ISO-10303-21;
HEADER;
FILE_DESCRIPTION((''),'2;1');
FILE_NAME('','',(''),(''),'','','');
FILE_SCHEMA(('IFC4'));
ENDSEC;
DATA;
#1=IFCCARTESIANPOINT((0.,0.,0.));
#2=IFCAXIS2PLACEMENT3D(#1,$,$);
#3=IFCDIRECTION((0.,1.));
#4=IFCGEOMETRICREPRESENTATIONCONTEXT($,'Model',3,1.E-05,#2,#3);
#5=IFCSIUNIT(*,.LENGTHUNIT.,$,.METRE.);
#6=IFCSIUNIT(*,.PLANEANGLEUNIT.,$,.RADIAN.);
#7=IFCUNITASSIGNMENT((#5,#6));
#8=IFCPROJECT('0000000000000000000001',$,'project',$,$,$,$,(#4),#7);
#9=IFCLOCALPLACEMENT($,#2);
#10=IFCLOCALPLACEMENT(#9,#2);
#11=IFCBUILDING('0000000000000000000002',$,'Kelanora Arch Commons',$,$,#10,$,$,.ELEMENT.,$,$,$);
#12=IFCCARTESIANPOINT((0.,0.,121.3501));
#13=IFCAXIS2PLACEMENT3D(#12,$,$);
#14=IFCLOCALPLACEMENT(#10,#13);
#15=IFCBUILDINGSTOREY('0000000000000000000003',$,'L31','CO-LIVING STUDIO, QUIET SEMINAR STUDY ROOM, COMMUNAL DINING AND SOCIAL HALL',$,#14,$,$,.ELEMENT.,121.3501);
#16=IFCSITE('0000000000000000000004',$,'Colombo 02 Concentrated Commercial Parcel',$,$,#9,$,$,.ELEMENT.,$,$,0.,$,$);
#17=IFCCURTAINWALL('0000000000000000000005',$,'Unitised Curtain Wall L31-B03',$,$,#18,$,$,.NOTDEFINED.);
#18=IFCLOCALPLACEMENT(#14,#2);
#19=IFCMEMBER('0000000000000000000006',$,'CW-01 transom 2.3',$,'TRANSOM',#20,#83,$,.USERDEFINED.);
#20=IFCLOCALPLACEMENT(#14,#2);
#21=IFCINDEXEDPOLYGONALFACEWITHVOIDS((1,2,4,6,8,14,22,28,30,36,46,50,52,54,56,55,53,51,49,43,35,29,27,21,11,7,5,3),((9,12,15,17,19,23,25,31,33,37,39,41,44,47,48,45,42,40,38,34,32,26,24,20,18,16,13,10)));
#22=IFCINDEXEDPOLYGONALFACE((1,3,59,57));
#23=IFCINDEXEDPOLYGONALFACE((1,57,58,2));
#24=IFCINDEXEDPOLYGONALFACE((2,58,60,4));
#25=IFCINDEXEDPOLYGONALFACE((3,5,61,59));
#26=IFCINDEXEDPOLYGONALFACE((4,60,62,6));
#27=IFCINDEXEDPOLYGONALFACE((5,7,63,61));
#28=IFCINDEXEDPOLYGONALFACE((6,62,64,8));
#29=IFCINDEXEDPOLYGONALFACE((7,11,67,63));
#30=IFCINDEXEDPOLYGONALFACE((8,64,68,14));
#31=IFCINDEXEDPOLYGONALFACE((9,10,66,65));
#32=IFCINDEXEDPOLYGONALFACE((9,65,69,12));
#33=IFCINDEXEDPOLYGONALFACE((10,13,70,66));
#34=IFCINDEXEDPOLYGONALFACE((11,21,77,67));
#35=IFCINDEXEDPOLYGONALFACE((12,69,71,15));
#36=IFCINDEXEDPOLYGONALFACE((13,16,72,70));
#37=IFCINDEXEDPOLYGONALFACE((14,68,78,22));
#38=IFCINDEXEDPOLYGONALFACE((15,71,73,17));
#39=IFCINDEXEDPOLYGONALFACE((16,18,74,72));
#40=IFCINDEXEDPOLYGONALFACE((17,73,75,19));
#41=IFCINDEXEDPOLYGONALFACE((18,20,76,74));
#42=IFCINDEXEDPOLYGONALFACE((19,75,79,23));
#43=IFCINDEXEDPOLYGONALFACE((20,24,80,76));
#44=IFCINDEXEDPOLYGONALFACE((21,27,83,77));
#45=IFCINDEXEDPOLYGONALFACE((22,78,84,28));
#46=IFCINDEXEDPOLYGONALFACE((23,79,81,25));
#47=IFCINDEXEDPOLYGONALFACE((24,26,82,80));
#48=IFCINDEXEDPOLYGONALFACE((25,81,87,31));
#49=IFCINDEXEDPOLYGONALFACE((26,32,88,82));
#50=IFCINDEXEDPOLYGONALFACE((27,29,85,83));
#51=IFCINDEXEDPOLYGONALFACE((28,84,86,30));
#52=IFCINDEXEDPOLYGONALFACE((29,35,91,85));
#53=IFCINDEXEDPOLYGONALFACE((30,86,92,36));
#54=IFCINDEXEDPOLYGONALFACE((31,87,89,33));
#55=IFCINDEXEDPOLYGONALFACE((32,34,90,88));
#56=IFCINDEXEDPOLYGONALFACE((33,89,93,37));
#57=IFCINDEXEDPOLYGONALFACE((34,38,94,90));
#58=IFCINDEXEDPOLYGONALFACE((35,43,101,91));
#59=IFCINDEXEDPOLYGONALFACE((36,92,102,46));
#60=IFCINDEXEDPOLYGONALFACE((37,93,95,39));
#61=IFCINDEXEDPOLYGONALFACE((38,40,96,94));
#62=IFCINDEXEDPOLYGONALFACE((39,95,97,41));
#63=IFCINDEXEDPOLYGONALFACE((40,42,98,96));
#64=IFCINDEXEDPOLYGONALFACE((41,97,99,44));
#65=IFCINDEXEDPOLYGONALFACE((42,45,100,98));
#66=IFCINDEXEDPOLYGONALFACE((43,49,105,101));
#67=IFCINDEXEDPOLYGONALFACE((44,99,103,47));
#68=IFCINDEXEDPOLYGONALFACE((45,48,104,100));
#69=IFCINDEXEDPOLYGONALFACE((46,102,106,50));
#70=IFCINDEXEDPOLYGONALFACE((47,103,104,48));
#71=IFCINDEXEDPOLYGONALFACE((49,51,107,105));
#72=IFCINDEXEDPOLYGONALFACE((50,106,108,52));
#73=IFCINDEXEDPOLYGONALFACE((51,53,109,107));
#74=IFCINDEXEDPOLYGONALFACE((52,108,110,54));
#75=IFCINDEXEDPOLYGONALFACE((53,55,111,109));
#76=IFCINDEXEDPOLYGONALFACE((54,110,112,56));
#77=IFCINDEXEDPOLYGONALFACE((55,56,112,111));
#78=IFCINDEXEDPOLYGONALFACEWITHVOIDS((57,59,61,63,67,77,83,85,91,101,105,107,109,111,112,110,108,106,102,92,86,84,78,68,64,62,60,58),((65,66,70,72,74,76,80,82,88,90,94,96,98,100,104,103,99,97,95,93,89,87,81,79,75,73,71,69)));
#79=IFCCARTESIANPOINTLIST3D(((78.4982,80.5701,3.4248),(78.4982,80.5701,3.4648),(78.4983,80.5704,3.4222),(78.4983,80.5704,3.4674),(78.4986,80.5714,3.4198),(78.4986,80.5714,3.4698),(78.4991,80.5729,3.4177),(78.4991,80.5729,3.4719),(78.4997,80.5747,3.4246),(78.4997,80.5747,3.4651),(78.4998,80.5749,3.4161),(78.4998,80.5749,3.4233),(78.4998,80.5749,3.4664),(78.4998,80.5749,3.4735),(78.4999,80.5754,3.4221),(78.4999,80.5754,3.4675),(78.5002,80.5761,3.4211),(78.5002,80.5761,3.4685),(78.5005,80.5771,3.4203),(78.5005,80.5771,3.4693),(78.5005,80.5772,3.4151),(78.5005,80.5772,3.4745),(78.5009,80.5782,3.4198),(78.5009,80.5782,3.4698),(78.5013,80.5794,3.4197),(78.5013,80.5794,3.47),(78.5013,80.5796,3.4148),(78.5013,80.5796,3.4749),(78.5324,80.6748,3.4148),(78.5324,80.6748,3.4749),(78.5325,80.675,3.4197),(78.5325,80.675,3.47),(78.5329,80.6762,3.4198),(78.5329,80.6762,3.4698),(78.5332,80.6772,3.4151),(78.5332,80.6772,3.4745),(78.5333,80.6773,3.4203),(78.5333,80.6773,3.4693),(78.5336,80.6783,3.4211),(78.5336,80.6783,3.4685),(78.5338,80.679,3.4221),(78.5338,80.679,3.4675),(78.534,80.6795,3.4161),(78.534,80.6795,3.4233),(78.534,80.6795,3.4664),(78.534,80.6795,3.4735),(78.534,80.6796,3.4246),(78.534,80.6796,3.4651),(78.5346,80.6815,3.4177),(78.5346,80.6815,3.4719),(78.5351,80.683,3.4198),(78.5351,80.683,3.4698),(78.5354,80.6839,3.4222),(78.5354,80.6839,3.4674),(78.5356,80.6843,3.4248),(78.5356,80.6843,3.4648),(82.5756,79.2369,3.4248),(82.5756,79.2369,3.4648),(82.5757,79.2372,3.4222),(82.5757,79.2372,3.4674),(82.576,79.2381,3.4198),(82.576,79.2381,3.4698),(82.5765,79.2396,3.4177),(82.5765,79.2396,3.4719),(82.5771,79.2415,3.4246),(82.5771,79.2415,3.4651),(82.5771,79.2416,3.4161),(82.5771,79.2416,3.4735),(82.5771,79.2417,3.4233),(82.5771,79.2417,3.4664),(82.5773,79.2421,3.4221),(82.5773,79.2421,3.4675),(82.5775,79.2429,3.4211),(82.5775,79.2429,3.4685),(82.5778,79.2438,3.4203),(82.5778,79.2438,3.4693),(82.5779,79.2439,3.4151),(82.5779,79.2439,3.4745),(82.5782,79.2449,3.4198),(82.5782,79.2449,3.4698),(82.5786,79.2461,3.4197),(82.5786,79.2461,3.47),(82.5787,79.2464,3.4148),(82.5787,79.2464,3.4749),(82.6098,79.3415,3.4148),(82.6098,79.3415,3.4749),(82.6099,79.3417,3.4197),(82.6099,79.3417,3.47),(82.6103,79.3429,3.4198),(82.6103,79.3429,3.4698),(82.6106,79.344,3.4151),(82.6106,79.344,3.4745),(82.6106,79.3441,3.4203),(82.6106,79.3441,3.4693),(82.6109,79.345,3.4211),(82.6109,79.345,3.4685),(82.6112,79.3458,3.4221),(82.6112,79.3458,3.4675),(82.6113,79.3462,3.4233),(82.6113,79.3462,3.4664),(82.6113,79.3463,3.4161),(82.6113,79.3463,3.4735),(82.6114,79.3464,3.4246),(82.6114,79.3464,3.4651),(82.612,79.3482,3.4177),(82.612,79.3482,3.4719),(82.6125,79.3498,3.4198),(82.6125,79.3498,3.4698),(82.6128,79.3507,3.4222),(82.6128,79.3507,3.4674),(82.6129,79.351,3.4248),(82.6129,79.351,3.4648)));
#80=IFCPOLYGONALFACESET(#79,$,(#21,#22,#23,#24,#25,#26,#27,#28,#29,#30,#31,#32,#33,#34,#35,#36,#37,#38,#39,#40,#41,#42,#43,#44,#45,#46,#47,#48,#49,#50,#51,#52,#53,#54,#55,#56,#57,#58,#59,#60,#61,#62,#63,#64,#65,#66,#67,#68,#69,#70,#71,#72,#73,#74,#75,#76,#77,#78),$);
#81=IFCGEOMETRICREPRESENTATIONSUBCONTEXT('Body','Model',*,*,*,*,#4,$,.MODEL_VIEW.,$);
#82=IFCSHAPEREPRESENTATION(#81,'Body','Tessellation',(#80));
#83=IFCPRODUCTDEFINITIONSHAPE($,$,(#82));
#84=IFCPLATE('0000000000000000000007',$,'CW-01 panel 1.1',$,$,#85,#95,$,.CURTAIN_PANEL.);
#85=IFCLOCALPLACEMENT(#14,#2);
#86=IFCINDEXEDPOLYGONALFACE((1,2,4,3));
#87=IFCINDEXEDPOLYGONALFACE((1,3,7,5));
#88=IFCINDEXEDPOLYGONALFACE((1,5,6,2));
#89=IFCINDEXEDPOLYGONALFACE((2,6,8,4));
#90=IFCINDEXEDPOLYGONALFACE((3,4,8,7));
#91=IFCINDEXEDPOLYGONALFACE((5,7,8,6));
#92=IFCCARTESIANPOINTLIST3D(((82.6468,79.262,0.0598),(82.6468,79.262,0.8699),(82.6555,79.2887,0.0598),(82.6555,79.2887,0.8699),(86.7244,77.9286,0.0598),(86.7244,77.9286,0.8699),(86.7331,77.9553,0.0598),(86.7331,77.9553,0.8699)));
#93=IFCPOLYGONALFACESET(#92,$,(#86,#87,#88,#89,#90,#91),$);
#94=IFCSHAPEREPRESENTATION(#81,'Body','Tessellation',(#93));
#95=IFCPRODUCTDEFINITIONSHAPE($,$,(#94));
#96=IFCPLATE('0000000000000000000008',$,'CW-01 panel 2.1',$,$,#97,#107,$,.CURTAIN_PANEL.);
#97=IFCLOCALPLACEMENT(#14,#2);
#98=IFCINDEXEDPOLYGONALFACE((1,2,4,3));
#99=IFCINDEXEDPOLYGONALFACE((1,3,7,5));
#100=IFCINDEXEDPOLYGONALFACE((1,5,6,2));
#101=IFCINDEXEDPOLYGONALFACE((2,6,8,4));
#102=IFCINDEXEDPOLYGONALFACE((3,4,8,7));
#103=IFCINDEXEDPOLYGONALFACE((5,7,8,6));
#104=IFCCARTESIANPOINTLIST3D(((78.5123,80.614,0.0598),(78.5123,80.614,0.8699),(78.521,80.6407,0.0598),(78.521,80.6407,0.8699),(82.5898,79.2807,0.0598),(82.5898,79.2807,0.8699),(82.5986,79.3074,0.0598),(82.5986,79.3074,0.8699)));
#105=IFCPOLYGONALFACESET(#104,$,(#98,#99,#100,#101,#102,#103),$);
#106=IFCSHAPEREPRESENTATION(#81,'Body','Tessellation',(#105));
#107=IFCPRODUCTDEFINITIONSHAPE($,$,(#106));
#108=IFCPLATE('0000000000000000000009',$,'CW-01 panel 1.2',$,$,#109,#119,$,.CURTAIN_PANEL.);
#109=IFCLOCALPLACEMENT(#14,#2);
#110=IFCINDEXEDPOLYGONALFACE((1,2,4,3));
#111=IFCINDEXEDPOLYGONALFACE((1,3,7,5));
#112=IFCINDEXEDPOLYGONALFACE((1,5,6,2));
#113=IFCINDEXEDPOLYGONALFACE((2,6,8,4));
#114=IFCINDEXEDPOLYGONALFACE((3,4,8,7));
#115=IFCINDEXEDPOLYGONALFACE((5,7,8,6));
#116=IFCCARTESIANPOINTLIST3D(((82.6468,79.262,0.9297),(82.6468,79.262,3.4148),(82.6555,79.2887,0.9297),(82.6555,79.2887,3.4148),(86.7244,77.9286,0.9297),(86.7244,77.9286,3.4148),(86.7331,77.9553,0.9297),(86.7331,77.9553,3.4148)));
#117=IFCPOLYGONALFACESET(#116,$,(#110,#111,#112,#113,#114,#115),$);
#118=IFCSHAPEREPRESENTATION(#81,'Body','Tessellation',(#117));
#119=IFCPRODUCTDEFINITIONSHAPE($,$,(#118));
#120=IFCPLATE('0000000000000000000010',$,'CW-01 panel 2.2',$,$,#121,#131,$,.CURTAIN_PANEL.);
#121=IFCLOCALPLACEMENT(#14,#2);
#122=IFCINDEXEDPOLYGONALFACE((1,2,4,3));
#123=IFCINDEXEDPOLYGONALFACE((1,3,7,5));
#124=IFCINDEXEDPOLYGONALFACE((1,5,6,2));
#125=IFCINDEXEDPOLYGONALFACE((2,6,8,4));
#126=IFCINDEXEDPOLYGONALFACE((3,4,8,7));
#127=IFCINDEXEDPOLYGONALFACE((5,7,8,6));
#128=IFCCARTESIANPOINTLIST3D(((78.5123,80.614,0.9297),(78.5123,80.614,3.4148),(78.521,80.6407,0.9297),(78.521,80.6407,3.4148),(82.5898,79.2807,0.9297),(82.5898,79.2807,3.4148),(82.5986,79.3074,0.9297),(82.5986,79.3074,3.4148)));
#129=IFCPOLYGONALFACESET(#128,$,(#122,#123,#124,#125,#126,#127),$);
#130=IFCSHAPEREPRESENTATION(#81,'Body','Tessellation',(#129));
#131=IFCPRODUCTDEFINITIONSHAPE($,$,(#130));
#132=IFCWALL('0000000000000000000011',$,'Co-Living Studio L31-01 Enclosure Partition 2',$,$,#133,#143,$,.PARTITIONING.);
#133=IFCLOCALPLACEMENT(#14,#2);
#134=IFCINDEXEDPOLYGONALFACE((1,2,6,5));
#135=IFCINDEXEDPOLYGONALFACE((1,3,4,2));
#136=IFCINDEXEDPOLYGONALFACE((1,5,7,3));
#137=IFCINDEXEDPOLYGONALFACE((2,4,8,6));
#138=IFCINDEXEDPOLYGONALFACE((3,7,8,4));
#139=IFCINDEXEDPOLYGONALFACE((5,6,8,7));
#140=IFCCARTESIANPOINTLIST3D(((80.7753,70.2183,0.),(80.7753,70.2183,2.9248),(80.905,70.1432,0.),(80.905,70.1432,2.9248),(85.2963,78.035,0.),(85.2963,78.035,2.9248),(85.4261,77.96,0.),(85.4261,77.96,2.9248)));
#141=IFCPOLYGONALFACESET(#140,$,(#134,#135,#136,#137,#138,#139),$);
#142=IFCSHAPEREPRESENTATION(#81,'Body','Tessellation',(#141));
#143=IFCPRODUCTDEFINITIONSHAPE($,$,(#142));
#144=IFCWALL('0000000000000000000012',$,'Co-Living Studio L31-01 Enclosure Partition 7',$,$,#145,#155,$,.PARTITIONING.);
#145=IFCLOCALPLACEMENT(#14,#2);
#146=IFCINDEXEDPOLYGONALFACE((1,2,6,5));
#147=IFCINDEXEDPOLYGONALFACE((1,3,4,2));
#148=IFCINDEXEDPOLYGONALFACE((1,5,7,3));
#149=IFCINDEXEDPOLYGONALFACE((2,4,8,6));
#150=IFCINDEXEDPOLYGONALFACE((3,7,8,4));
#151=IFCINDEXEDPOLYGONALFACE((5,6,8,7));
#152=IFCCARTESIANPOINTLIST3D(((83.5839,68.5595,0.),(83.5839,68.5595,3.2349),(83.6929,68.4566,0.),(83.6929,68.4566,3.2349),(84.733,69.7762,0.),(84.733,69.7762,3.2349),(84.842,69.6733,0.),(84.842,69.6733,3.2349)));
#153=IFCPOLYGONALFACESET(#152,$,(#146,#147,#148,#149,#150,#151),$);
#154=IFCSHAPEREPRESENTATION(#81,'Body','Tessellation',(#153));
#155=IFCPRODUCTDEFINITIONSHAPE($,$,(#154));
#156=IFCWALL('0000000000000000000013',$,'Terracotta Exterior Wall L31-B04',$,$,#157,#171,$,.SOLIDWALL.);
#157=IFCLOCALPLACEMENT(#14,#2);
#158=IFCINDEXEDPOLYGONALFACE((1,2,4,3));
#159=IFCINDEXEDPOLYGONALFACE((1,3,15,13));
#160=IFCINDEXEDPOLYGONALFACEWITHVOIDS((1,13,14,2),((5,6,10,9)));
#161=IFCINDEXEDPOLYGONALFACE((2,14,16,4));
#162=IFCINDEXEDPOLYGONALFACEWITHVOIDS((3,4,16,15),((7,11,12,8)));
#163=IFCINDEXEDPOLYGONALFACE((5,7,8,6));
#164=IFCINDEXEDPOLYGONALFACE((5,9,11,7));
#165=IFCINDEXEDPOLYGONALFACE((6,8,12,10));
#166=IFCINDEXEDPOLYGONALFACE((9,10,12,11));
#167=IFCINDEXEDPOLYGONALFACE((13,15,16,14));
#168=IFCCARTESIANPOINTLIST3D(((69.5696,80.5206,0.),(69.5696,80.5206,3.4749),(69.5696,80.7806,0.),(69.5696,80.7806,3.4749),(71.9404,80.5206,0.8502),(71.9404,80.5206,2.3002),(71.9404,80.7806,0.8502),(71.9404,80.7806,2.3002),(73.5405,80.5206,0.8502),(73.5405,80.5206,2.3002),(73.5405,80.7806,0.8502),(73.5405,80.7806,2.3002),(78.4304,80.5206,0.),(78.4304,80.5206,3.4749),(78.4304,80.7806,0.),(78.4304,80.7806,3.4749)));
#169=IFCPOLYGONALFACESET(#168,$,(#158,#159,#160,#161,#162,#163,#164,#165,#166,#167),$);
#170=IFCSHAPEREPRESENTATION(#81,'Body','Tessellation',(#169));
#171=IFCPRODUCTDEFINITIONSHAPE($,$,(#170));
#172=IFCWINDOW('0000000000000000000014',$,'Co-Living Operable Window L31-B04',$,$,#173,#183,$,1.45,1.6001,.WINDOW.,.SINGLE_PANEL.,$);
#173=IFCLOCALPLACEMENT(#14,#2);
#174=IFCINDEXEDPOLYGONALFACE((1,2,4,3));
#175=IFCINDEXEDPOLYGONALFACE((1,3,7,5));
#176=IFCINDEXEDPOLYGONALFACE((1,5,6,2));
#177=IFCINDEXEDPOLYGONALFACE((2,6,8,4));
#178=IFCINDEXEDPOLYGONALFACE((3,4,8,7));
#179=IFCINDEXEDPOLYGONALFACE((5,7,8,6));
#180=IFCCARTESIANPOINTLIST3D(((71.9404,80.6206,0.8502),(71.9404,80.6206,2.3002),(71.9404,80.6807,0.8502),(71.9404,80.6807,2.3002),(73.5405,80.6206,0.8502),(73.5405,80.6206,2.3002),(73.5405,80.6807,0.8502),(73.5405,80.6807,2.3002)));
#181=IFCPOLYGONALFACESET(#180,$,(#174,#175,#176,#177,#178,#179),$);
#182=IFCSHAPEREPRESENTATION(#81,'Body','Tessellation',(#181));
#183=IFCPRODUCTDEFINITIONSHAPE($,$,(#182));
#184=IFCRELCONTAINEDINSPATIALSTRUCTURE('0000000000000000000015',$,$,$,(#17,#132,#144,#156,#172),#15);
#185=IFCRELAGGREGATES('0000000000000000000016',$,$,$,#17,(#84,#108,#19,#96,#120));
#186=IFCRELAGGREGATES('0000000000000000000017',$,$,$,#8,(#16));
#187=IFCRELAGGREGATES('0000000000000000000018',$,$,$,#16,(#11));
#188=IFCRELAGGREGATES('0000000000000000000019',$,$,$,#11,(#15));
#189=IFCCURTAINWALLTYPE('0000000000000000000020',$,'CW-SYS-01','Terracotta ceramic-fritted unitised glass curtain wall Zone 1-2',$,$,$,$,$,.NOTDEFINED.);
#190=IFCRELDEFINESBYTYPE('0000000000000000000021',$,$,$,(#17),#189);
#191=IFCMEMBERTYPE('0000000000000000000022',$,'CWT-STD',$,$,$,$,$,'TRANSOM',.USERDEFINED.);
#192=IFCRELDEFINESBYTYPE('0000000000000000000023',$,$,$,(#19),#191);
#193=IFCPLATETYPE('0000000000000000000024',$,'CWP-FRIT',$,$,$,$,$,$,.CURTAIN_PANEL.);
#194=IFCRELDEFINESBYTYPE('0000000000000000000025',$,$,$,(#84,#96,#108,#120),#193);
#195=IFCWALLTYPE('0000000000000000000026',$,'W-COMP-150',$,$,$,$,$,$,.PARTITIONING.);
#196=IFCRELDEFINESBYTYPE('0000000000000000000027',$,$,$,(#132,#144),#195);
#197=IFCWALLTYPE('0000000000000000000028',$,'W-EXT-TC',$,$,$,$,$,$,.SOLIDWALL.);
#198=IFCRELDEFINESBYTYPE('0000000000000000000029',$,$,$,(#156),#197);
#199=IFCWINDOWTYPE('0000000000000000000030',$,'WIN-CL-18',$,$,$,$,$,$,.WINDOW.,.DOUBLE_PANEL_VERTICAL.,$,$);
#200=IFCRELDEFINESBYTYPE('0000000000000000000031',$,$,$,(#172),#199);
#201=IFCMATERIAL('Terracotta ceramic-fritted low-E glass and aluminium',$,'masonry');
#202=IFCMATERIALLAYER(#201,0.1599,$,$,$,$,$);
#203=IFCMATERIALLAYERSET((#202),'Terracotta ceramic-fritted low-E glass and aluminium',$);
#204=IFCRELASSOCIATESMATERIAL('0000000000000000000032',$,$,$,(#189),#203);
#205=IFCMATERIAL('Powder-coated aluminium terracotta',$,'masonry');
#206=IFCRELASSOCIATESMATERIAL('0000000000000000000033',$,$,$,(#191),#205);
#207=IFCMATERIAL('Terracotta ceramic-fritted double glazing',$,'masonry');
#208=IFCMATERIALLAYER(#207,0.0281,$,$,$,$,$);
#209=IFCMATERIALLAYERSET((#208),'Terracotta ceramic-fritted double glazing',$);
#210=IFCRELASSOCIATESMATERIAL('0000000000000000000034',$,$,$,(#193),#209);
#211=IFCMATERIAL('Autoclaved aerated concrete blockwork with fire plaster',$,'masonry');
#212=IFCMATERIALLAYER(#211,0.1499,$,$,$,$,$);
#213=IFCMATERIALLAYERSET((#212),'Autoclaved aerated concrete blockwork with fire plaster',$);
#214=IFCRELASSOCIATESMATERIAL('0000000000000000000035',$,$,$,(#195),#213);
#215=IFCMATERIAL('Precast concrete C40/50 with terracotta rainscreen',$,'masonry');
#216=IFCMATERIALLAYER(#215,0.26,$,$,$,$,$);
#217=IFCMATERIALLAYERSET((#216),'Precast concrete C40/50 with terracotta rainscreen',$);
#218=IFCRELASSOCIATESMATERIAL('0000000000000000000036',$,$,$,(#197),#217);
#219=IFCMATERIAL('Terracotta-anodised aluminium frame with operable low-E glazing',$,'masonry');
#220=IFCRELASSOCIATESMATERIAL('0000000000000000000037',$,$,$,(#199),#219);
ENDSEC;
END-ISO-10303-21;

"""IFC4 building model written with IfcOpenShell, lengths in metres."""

from ifc_helpers import new_model, si_unit, direction, frame, frame_2d, origin, origin_2d, place, context, subcontext, project, spatial, rectangle, hollow_rectangle, extrude, source, transform, mapped, material, layer, layer_set, material_profile, profile_set, type_object, element, fill, aggregate, save


model = new_model("IFC4")

# Units and contexts
model_context = context("Model", 3, precision=1e-05, world=origin(), true_north=direction((0.0, 1.0)))
body_context = subcontext(model_context, "Body", "Model", "MODEL_VIEW")
ifc_project = project(units=[si_unit("LENGTHUNIT", "METRE"), si_unit("PLANEANGLEUNIT", "RADIAN")], contexts=[model_context])

# Site, building, storey
site_placement = place(None, origin())
site = spatial("IfcSite", under=ifc_project, at=site_placement, Name="Colombo 02 Concentrated Commercial Parcel", CompositionType="ELEMENT", RefElevation=0.0)
building_placement = place(site_placement, origin())
building = spatial("IfcBuilding", under=site, at=building_placement, Name="Kelanora Arch Commons", CompositionType="ELEMENT")
storey_placement = place(building_placement, frame((0.0, 0.0, 121.3501)))
storey = spatial("IfcBuildingStorey", under=building, at=storey_placement, Name="L31", Description="CO-LIVING STUDIO, QUIET SEMINAR STUDY ROOM, COMMUNAL DINING AND SOCIAL HALL", CompositionType="ELEMENT", Elevation=121.3501)

# Curtain wall, member, plates
ifc_material_1 = material(Name="Terracotta ceramic-fritted low-E glass and aluminium", Category="masonry")
ifc_layer_1 = layer(ifc_material_1, 0.1599)
ifc_layer_set_1 = layer_set([ifc_layer_1], Name="Terracotta ceramic-fritted low-E glass and aluminium")
curtain_wall_type = type_object("IfcCurtainWallType", Name="CW-SYS-01", Description="Terracotta ceramic-fritted unitised glass curtain wall Zone 1-2", PredefinedType="NOTDEFINED", material=ifc_layer_set_1)
curtain_wall_placement = place(storey_placement, origin())
curtain_wall = element("IfcCurtainWall", 1, at=curtain_wall_placement, inside=storey, type_object=curtain_wall_type, Name="Unitised Curtain Wall L31-B03", PredefinedType="NOTDEFINED")
ifc_material_2 = material(Name="Powder-coated aluminium terracotta", Category="masonry")
ifc_material_profile_1 = material_profile(ifc_material_2, hollow_rectangle(XDim=0.1201, YDim=0.0601, WallThickness=0.0049, InnerFilletRadius=0.0049, OuterFilletRadius=0.01, at=origin_2d()), Name="CWT120x60")
ifc_profile_set_1 = profile_set([ifc_material_profile_1], Name="Powder-coated aluminium terracotta")
member_type_1 = type_object("IfcMemberType", Name="CWT-STD", ElementType="TRANSOM", PredefinedType="USERDEFINED", material=ifc_profile_set_1)
member_1_placement = place(storey_placement, frame((82.5942, 79.2939, 3.4448), z_axis=(-0.950478, 0.310793, 0.0), x_axis=(-0.310793, -0.950478, 0.0)))
member_1 = element("IfcMember", 2, at=member_1_placement, type_object=member_type_1, Name="CW-01 transom 2.3", ObjectType="TRANSOM", PredefinedType="USERDEFINED", context=body_context, shape_type="SweptSolid", body=[
    extrude(hollow_rectangle(XDim=0.1201, YDim=0.0601, WallThickness=0.0049, InnerFilletRadius=0.0049, OuterFilletRadius=0.01, at=origin_2d()), origin(), (0.0, 0.0, 1.0), 4.2898),
])
ifc_material_3 = material(Name="Terracotta ceramic-fritted double glazing", Category="masonry")
ifc_layer_2 = layer(ifc_material_3, 0.0281)
ifc_layer_set_2 = layer_set([ifc_layer_2], Name="Terracotta ceramic-fritted double glazing")
plate_type = type_object("IfcPlateType", Name="CWP-FRIT", PredefinedType="CURTAIN_PANEL", material=ifc_layer_set_2)
shared_shape_1 = source(origin(), body_context, "Body", "SweptSolid", [
    extrude(rectangle(XDim=4.29, YDim=0.0281, at=origin_2d()), origin(), (0.0, 0.0, 1.0), 0.8101),
])
plate_1_placement = place(storey_placement, frame((84.6899, 78.6086, 0.0598), z_axis=(0.0, 0.0, 1.0), x_axis=(-0.950474, 0.310805, 0.0)))
plate_1 = element("IfcPlate", 3, at=plate_1_placement, type_object=plate_type, Name="CW-01 panel 1.1", PredefinedType="CURTAIN_PANEL", context=body_context, shape_type="MappedRepresentation", body=[
    mapped(shared_shape_1, transform((0.0, 0.0, 0.0), scale=1.0)),
])
plate_2_placement = place(storey_placement, frame((80.5554, 79.9607, 0.0598), z_axis=(0.0, 0.0, 1.0), x_axis=(-0.950474, 0.310805, 0.0)))
plate_2 = element("IfcPlate", 4, at=plate_2_placement, type_object=plate_type, Name="CW-01 panel 2.1", PredefinedType="CURTAIN_PANEL", context=body_context, shape_type="MappedRepresentation", body=[
    mapped(shared_shape_1, transform((0.0, 0.0, 0.0), scale=1.0)),
])
shared_shape_2 = source(origin(), body_context, "Body", "SweptSolid", [
    extrude(rectangle(XDim=4.29, YDim=0.0281, at=origin_2d()), origin(), (0.0, 0.0, 1.0), 2.4851),
])
plate_3_placement = place(storey_placement, frame((84.6899, 78.6086, 0.9297), z_axis=(0.0, 0.0, 1.0), x_axis=(-0.950474, 0.310805, 0.0)))
plate_3 = element("IfcPlate", 5, at=plate_3_placement, type_object=plate_type, Name="CW-01 panel 1.2", PredefinedType="CURTAIN_PANEL", context=body_context, shape_type="MappedRepresentation", body=[
    mapped(shared_shape_2, transform((0.0, 0.0, 0.0), scale=1.0)),
])
plate_4_placement = place(storey_placement, frame((80.5554, 79.9607, 0.9297), z_axis=(0.0, 0.0, 1.0), x_axis=(-0.950474, 0.310805, 0.0)))
plate_4 = element("IfcPlate", 6, at=plate_4_placement, type_object=plate_type, Name="CW-01 panel 2.2", PredefinedType="CURTAIN_PANEL", context=body_context, shape_type="MappedRepresentation", body=[
    mapped(shared_shape_2, transform((0.0, 0.0, 0.0), scale=1.0)),
])
aggregate(curtain_wall, [plate_1, plate_3, member_1, plate_2, plate_4])

# Walls
ifc_material_4 = material(Name="Autoclaved aerated concrete blockwork with fire plaster", Category="masonry")
ifc_layer_3 = layer(ifc_material_4, 0.1499)
ifc_layer_set_3 = layer_set([ifc_layer_3], Name="Autoclaved aerated concrete blockwork with fire plaster")
wall_type_1 = type_object("IfcWallType", Name="W-COMP-150", PredefinedType="PARTITIONING", material=ifc_layer_set_3)
wall_1_placement = place(storey_placement, frame((80.8401, 70.1807, 0.0), z_axis=(0.0, 0.0, 1.0), x_axis=(0.500669, 0.865639, 0.0)))
element("IfcWall", 7, at=wall_1_placement, inside=storey, type_object=wall_type_1, Name="Co-Living Studio L31-01 Enclosure Partition 2", PredefinedType="PARTITIONING", context=body_context, shape_type="SweptSolid", body=[
    extrude(rectangle(XDim=9.03, YDim=0.1499, at=frame_2d((4.5151, 0.0))), origin(), (0.0, 0.0, 1.0), 2.9248),
])
wall_2_placement = place(storey_placement, frame((84.7876, 69.7249, 0.0), z_axis=(0.0, 0.0, 1.0), x_axis=(-0.686615, -0.727021, 0.0)))
element("IfcWall", 8, at=wall_2_placement, inside=storey, type_object=wall_type_1, Name="Co-Living Studio L31-01 Enclosure Partition 7", PredefinedType="PARTITIONING", context=body_context, shape_type="SweptSolid", body=[
    extrude(rectangle(XDim=1.6736, YDim=0.1499, at=frame_2d((0.8369, 0.0))), origin(), (0.0, 0.0, 1.0), 3.2349),
])

# Wall, opening, window
ifc_material_5 = material(Name="Precast concrete C40/50 with terracotta rainscreen", Category="masonry")
ifc_layer_4 = layer(ifc_material_5, 0.26)
ifc_layer_set_4 = layer_set([ifc_layer_4], Name="Precast concrete C40/50 with terracotta rainscreen")
wall_type_2 = type_object("IfcWallType", Name="W-EXT-TC", PredefinedType="SOLIDWALL", material=ifc_layer_set_4)
wall_3_placement = place(storey_placement, frame((78.4304, 80.6506, 0.0), z_axis=(0.0, 0.0, 1.0), x_axis=(-1.0, 0.0, 0.0)))
wall_3 = element("IfcWall", 9, at=wall_3_placement, inside=storey, type_object=wall_type_2, Name="Terracotta Exterior Wall L31-B04", PredefinedType="SOLIDWALL", context=body_context, shape_type="SweptSolid", body=[
    extrude(rectangle(XDim=8.8608, YDim=0.26, at=frame_2d((4.4304, 0.0))), origin(), (0.0, 0.0, 1.0), 3.4749),
])
opening_1_placement = place(wall_3_placement, frame((4.8899, 0.0, 0.8501)))
opening_1 = element("IfcOpeningElement", 10, at=opening_1_placement, cuts=wall_3, PredefinedType="OPENING", context=body_context, shape_type="SweptSolid", body=[
    extrude(rectangle(XDim=1.6001, YDim=1.45, at=frame_2d((0.8, 0.7251))), frame((0.0, 0.1401, 0.0), z_axis=(0.0, -1.0, 0.0), x_axis=(1.0, 0.0, 0.0)), (0.0, 0.0, 1.0), 0.28),
])
ifc_material_6 = material(Name="Terracotta-anodised aluminium frame with operable low-E glazing", Category="masonry")
window_type = type_object("IfcWindowType", Name="WIN-CL-18", PartitioningType="DOUBLE_PANEL_VERTICAL", PredefinedType="WINDOW", material=ifc_material_6)
window_placement = place(opening_1_placement, origin())
window = element("IfcWindow", 11, at=window_placement, inside=storey, type_object=window_type, Name="Co-Living Operable Window L31-B04", OverallHeight=1.45, OverallWidth=1.6001, PartitioningType="SINGLE_PANEL", PredefinedType="WINDOW", context=body_context, shape_type="SweptSolid", body=[
    extrude(rectangle(XDim=1.6001, YDim=1.45, at=frame_2d((0.8, 0.7251))), frame((0.0, 0.03, 0.0), z_axis=(0.0, -1.0, 0.0), x_axis=(1.0, 0.0, 0.0)), (0.0, 0.0, 1.0), 0.0601),
])
fill(opening_1, window)

save(model, "model.ifc")
